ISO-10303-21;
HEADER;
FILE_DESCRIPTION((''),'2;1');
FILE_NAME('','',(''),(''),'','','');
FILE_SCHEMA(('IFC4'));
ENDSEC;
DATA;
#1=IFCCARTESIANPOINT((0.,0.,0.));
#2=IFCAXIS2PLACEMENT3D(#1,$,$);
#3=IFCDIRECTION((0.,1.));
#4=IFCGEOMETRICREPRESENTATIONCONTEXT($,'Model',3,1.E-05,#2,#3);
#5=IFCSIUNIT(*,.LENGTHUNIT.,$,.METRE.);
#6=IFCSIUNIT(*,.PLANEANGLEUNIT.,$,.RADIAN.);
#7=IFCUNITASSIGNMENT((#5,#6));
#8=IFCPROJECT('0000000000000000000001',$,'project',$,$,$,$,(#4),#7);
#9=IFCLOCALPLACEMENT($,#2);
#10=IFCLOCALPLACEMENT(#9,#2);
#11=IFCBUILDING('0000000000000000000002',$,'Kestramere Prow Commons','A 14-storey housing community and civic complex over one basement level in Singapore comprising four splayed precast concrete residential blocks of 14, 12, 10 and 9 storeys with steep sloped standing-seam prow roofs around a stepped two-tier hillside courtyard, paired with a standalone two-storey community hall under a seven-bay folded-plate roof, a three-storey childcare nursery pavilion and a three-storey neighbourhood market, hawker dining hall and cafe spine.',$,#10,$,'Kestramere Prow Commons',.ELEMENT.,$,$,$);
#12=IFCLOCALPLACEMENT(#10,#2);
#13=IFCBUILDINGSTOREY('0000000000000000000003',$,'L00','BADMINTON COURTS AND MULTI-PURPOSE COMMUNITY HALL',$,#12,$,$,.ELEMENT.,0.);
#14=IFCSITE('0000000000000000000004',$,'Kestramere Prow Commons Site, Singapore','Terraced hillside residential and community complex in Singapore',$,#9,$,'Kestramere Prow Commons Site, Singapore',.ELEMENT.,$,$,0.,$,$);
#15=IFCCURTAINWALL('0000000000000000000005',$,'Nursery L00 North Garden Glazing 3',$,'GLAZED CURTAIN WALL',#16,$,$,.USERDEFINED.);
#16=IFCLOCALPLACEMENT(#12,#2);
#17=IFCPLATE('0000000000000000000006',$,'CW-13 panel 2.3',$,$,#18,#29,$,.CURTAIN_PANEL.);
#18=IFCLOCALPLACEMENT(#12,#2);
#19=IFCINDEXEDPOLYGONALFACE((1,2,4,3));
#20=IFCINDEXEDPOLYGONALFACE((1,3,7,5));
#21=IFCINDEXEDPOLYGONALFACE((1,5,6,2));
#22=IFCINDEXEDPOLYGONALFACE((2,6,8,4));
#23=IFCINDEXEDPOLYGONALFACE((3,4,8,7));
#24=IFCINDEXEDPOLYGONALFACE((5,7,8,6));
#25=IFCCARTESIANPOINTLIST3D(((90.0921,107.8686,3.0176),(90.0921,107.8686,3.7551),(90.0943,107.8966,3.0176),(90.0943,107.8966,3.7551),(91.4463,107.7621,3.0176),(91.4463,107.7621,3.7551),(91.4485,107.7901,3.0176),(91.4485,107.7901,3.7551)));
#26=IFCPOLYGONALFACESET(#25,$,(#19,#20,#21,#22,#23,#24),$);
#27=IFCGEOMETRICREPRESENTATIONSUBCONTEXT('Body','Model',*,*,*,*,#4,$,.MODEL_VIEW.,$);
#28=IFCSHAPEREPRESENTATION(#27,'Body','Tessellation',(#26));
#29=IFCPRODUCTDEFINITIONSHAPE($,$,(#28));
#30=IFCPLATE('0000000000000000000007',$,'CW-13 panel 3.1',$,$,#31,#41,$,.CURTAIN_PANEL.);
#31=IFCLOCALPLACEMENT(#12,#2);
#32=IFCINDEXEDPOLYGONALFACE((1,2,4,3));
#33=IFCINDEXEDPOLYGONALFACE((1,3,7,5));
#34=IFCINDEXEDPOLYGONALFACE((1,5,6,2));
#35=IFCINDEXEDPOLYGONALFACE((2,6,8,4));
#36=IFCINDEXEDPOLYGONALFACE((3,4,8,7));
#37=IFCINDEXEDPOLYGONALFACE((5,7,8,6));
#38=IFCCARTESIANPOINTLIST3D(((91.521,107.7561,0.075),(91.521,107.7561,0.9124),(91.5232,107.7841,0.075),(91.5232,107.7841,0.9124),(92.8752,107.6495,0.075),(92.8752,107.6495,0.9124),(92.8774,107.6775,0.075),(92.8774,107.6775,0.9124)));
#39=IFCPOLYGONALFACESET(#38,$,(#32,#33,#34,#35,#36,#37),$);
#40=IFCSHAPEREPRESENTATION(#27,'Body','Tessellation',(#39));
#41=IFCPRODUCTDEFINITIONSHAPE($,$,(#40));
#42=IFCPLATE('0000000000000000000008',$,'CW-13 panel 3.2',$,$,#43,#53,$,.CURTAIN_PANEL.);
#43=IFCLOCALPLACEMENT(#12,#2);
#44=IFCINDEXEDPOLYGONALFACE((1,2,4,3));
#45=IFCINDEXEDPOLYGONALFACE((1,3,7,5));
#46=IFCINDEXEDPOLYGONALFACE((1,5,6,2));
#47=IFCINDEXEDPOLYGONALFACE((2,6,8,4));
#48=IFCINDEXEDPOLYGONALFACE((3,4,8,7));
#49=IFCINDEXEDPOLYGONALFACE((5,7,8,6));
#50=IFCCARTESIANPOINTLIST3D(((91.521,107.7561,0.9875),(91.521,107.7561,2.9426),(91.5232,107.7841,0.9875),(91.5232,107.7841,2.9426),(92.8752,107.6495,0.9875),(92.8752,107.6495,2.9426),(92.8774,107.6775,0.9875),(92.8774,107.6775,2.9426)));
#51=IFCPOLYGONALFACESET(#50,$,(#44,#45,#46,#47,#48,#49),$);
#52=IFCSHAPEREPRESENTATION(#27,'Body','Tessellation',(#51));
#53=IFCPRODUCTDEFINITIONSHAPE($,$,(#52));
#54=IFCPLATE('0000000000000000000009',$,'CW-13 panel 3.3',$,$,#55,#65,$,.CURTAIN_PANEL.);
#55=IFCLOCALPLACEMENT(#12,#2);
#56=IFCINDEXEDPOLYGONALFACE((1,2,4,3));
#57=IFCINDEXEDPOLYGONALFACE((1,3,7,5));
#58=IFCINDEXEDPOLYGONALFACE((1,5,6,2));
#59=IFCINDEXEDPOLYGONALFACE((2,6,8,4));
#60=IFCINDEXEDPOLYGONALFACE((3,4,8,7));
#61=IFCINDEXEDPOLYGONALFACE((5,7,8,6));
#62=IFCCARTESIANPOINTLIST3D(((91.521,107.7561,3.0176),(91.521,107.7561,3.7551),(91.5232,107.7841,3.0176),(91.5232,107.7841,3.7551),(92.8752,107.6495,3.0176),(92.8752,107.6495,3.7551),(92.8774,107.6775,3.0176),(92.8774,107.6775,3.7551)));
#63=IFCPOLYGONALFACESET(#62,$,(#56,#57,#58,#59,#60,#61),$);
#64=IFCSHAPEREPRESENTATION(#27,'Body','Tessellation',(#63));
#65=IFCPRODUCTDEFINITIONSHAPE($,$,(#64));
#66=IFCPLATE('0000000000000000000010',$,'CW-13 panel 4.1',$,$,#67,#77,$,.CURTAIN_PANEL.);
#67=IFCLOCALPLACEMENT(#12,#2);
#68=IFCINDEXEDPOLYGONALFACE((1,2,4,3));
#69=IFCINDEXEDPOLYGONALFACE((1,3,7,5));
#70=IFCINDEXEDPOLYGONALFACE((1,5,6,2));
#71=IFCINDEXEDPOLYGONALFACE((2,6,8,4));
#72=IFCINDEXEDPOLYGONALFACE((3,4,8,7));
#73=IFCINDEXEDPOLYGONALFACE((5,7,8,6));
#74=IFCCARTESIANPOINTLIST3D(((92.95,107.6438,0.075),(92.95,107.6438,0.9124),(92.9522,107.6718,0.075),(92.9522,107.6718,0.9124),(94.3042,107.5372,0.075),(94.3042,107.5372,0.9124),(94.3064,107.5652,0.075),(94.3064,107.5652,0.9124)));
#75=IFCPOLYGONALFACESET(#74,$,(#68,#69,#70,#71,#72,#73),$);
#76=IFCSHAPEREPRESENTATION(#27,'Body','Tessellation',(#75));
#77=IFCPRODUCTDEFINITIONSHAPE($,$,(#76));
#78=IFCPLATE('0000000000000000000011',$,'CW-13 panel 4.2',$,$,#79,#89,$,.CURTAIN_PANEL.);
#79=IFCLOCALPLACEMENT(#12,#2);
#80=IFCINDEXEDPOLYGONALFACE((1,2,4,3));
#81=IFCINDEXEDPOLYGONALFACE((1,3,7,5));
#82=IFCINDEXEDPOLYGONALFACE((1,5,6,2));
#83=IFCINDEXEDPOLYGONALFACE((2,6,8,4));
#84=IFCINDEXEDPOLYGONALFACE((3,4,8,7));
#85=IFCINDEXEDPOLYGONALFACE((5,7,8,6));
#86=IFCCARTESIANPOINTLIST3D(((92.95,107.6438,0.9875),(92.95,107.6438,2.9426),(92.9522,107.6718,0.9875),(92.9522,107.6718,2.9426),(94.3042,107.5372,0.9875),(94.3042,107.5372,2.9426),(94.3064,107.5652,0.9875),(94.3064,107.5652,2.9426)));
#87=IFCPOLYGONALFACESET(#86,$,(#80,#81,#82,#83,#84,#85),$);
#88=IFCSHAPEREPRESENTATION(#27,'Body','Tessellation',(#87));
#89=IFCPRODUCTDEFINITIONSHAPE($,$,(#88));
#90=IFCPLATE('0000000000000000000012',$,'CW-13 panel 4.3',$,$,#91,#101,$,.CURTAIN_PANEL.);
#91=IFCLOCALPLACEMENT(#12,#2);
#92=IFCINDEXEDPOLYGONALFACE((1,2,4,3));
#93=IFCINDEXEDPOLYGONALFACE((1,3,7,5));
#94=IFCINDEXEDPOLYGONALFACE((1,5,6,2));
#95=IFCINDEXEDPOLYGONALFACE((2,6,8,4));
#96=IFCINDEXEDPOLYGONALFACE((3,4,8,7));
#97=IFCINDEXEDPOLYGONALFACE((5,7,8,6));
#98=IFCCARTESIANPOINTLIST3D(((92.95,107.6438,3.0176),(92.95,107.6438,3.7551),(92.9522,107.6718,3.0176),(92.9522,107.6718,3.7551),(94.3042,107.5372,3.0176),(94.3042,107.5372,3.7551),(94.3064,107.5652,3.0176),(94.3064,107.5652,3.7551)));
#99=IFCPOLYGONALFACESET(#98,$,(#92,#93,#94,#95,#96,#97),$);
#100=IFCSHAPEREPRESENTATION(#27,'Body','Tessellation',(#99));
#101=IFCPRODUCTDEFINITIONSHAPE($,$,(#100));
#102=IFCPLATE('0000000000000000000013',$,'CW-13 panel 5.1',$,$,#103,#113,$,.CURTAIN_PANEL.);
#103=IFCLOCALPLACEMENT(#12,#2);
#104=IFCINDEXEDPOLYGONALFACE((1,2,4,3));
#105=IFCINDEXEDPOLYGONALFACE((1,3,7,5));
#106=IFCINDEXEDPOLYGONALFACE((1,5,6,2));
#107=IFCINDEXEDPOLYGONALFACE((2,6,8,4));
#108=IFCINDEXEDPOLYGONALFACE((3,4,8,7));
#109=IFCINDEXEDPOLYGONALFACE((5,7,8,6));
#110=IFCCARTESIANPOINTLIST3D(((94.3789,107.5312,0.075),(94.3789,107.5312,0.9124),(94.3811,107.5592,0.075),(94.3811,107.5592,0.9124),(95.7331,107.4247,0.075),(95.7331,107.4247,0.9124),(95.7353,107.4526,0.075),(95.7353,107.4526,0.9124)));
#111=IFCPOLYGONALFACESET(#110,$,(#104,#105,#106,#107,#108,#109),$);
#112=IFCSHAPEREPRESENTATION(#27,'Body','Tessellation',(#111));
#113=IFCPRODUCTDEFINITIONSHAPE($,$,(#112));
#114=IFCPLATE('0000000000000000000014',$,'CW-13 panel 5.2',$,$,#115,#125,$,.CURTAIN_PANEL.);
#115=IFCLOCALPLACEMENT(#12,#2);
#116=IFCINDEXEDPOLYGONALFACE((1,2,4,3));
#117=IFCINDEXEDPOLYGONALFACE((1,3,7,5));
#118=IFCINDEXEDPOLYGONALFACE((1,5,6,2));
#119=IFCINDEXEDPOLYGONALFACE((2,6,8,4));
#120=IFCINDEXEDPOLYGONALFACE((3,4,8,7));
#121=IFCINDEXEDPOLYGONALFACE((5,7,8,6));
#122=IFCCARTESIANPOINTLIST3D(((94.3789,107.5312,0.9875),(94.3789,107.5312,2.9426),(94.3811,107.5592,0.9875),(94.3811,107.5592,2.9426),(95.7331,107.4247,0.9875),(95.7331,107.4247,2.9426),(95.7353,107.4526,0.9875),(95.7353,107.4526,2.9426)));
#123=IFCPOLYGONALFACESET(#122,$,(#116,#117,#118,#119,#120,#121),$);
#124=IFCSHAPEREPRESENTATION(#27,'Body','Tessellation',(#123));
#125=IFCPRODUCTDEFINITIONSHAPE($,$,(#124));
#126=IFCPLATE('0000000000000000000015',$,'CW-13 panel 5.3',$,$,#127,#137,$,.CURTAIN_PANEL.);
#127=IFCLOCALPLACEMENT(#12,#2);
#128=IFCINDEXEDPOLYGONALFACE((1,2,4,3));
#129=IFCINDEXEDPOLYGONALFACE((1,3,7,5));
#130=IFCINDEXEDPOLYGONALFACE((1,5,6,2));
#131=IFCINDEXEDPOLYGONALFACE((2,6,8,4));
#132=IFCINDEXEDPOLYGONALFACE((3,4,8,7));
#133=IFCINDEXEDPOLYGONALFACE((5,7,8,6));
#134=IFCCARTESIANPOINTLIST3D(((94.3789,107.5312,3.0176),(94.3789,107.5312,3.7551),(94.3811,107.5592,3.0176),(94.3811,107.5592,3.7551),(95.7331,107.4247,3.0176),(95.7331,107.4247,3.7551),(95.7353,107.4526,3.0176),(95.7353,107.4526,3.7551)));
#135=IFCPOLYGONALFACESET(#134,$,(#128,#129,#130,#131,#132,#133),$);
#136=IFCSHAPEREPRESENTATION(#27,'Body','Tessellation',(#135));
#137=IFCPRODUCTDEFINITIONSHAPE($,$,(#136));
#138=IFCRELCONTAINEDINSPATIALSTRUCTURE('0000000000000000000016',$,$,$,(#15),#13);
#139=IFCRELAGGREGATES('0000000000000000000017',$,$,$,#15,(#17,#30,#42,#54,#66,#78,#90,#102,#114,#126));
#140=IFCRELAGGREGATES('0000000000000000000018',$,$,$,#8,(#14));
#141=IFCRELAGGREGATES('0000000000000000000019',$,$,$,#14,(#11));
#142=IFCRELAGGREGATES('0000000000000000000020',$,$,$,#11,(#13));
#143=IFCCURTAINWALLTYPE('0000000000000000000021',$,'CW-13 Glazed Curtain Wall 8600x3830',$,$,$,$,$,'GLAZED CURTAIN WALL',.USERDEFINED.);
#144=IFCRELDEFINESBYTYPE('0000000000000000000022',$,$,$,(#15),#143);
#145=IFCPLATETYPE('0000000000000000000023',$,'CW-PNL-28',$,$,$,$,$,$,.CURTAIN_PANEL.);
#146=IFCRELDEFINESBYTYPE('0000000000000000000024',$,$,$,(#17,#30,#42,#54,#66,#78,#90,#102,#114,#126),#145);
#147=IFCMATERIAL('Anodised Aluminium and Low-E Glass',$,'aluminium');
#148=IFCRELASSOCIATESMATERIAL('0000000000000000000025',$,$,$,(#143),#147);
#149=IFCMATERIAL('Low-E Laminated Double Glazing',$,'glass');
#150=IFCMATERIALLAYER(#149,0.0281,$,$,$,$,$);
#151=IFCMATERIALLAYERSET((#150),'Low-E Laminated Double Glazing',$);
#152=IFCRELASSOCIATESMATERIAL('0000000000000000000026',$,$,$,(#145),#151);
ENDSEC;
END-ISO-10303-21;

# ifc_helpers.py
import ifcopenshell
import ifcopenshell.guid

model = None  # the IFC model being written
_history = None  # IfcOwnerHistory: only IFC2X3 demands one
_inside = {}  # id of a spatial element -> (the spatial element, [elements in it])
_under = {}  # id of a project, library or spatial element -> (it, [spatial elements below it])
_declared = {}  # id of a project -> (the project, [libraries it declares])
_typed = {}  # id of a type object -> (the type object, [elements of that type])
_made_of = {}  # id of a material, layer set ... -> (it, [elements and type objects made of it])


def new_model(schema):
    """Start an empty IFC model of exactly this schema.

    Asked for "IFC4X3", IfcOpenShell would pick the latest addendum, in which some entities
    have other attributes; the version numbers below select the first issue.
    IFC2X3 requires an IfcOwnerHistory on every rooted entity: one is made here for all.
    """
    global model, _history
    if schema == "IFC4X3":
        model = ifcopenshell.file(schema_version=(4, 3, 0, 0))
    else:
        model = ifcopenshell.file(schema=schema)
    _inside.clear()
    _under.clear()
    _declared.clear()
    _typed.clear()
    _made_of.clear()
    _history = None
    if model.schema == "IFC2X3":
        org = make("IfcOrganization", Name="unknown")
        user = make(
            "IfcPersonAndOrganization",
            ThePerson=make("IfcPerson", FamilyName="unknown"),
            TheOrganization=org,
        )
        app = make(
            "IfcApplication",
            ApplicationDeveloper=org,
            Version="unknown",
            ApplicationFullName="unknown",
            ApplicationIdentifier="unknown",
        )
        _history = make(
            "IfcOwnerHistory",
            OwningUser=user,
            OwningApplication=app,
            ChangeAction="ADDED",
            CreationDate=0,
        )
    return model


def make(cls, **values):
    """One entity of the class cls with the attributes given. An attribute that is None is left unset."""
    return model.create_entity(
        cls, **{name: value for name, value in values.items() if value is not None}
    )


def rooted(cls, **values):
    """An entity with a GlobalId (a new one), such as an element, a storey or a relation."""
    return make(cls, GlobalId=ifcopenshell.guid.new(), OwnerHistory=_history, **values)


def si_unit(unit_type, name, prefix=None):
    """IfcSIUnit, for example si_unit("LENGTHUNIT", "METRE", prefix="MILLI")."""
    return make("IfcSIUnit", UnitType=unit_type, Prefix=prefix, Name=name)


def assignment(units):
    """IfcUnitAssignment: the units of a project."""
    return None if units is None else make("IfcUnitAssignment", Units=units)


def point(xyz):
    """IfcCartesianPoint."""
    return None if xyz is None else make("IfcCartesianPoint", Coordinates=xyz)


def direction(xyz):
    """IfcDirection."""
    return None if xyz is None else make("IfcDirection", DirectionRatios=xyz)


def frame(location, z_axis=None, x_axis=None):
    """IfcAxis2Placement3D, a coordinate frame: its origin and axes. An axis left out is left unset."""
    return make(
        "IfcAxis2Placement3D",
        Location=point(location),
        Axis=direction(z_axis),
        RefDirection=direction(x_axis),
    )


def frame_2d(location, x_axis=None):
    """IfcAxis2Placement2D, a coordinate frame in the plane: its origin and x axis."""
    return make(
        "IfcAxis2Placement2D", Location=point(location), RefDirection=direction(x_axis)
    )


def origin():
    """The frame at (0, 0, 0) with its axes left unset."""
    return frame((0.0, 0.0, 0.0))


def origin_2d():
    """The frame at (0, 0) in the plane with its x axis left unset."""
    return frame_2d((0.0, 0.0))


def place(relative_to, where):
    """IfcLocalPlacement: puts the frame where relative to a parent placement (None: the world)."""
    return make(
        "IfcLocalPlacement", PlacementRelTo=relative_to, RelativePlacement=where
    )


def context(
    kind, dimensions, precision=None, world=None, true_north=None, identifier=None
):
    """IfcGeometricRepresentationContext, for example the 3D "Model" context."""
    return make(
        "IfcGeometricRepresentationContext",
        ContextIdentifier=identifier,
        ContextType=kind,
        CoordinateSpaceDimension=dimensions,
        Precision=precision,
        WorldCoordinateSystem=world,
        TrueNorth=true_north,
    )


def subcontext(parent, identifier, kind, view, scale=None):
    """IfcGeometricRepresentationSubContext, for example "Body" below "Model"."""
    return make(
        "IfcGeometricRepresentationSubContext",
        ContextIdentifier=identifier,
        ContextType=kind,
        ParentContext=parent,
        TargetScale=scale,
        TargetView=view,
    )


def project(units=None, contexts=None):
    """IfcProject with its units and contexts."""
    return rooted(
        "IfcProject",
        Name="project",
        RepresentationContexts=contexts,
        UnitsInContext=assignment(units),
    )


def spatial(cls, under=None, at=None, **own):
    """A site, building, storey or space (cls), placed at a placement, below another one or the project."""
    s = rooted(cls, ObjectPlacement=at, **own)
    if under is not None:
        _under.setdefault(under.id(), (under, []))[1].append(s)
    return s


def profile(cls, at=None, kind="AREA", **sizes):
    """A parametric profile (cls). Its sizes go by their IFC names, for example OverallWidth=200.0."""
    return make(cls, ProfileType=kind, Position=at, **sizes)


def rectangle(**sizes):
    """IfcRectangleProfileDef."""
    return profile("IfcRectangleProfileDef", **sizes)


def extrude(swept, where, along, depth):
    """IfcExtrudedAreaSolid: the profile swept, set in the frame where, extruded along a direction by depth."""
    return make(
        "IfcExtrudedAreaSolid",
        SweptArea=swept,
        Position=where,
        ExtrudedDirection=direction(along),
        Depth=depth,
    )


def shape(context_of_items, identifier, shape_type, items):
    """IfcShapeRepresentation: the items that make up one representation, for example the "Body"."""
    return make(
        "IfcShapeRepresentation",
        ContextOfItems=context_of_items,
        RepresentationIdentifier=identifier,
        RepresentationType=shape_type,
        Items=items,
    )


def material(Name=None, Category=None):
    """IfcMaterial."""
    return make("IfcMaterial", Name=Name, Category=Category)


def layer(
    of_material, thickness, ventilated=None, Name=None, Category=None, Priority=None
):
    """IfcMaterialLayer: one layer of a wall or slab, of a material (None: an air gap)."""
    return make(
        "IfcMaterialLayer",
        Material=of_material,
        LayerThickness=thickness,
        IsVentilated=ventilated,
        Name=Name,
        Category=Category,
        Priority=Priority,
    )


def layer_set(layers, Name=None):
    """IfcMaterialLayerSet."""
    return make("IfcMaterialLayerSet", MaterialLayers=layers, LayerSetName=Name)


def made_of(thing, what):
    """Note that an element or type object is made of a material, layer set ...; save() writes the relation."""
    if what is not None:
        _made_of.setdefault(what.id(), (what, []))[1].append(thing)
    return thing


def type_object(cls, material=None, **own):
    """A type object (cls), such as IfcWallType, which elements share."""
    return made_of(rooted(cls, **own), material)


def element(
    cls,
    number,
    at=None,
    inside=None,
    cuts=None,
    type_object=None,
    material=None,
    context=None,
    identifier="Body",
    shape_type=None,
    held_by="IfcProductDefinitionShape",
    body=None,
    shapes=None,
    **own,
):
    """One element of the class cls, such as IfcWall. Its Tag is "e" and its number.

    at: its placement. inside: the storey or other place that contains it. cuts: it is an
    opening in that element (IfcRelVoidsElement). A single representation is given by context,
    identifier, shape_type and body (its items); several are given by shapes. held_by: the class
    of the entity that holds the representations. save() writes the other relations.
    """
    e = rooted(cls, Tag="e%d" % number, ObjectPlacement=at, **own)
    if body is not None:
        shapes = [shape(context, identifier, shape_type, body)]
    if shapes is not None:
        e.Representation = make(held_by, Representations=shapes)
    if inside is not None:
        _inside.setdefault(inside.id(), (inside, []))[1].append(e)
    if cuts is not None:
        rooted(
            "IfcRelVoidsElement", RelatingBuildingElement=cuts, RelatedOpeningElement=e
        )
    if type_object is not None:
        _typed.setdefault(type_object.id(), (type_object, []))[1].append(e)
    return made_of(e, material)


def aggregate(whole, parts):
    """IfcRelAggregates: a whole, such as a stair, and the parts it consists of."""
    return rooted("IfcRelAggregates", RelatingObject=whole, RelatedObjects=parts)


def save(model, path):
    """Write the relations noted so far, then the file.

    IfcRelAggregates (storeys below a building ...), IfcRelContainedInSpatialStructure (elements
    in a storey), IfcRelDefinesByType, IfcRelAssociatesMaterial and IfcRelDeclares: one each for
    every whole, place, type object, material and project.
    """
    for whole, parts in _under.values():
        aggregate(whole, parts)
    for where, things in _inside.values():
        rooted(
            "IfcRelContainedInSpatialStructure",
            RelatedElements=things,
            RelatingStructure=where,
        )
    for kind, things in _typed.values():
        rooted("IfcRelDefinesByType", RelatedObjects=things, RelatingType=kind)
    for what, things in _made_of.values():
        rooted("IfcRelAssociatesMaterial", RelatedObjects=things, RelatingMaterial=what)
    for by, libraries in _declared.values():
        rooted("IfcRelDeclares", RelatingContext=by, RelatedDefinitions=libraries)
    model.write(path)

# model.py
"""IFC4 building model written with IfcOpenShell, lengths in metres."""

from ifc_helpers import new_model, si_unit, direction, frame, origin, origin_2d, place, context, subcontext, project, spatial, rectangle, extrude, material, layer, layer_set, type_object, element, aggregate, save


model = new_model("IFC4")

# Units and contexts
model_context = context("Model", 3, precision=1e-05, world=origin(), true_north=direction((0.0, 1.0)))
body_context = subcontext(model_context, "Body", "Model", "MODEL_VIEW")
ifc_project = project(units=[si_unit("LENGTHUNIT", "METRE"), si_unit("PLANEANGLEUNIT", "RADIAN")], contexts=[model_context])

# Site, building, storey
site_placement = place(None, origin())
site = spatial("IfcSite", under=ifc_project, at=site_placement, Name="Kestramere Prow Commons Site, Singapore", Description="Terraced hillside residential and community complex in Singapore", LongName="Kestramere Prow Commons Site, Singapore", CompositionType="ELEMENT", RefElevation=0.0)
building_placement = place(site_placement, origin())
building = spatial("IfcBuilding", under=site, at=building_placement, Name="Kestramere Prow Commons", Description="A 14-storey housing community and civic complex over one basement level in Singapore comprising four splayed precast concrete residential blocks of 14, 12, 10 and 9 storeys with steep sloped standing-seam prow roofs around a stepped two-tier hillside courtyard, paired with a standalone two-storey community hall under a seven-bay folded-plate roof, a three-storey childcare nursery pavilion and a three-storey neighbourhood market, hawker dining hall and cafe spine.", LongName="Kestramere Prow Commons", CompositionType="ELEMENT")
storey_placement = place(building_placement, origin())
storey = spatial("IfcBuildingStorey", under=building, at=storey_placement, Name="L00", Description="BADMINTON COURTS AND MULTI-PURPOSE COMMUNITY HALL", CompositionType="ELEMENT", Elevation=0.0)

# Curtain wall, plates
ifc_material_1 = material(Name="Anodised Aluminium and Low-E Glass", Category="aluminium")
curtain_wall_type = type_object("IfcCurtainWallType", Name="CW-13 Glazed Curtain Wall 8600x3830", ElementType="GLAZED CURTAIN WALL", PredefinedType="USERDEFINED", material=ifc_material_1)
curtain_wall_placement = place(storey_placement, origin())
curtain_wall = element("IfcCurtainWall", 1, at=curtain_wall_placement, inside=storey, type_object=curtain_wall_type, Name="Nursery L00 North Garden Glazing 3", ObjectType="GLAZED CURTAIN WALL", PredefinedType="USERDEFINED")
ifc_material_2 = material(Name="Low-E Laminated Double Glazing", Category="glass")
ifc_layer = layer(ifc_material_2, 0.0281)
ifc_layer_set = layer_set([ifc_layer], Name="Low-E Laminated Double Glazing")
plate_type = type_object("IfcPlateType", Name="CW-PNL-28", PredefinedType="CURTAIN_PANEL", material=ifc_layer_set)
plate_1_placement = place(storey_placement, frame((90.7703, 107.8293, 3.0176), z_axis=(0.0, 0.0, 1.0), x_axis=(0.996917, -0.078459, 0.0)))
plate_1 = element("IfcPlate", 2, at=plate_1_placement, type_object=plate_type, Name="CW-13 panel 2.3", PredefinedType="CURTAIN_PANEL", context=body_context, shape_type="SweptSolid", body=[
    extrude(rectangle(XDim=1.3584, YDim=0.0281, at=origin_2d()), origin(), (0.0, 0.0, 1.0), 0.7375),
])
plate_2_placement = place(storey_placement, frame((92.1992, 107.7168, 0.075), z_axis=(0.0, 0.0, 1.0), x_axis=(0.996917, -0.078459, 0.0)))
plate_2 = element("IfcPlate", 3, at=plate_2_placement, type_object=plate_type, Name="CW-13 panel 3.1", PredefinedType="CURTAIN_PANEL", context=body_context, shape_type="SweptSolid", body=[
    extrude(rectangle(XDim=1.3584, YDim=0.0281, at=origin_2d()), origin(), (0.0, 0.0, 1.0), 0.8374),
])
plate_3_placement = place(storey_placement, frame((92.1992, 107.7168, 0.9875), z_axis=(0.0, 0.0, 1.0), x_axis=(0.996917, -0.078459, 0.0)))
plate_3 = element("IfcPlate", 4, at=plate_3_placement, type_object=plate_type, Name="CW-13 panel 3.2", PredefinedType="CURTAIN_PANEL", context=body_context, shape_type="SweptSolid", body=[
    extrude(rectangle(XDim=1.3584, YDim=0.0281, at=origin_2d()), origin(), (0.0, 0.0, 1.0), 1.9551),
])
plate_4_placement = place(storey_placement, frame((92.1992, 107.7168, 3.0176), z_axis=(0.0, 0.0, 1.0), x_axis=(0.996917, -0.078459, 0.0)))
plate_4 = element("IfcPlate", 5, at=plate_4_placement, type_object=plate_type, Name="CW-13 panel 3.3", PredefinedType="CURTAIN_PANEL", context=body_context, shape_type="SweptSolid", body=[
    extrude(rectangle(XDim=1.3584, YDim=0.0281, at=origin_2d()), origin(), (0.0, 0.0, 1.0), 0.7375),
])
plate_5_placement = place(storey_placement, frame((93.6282, 107.6045, 0.075), z_axis=(0.0, 0.0, 1.0), x_axis=(0.996917, -0.078459, 0.0)))
plate_5 = element("IfcPlate", 6, at=plate_5_placement, type_object=plate_type, Name="CW-13 panel 4.1", PredefinedType="CURTAIN_PANEL", context=body_context, shape_type="SweptSolid", body=[
    extrude(rectangle(XDim=1.3584, YDim=0.0281, at=origin_2d()), origin(), (0.0, 0.0, 1.0), 0.8374),
])
plate_6_placement = place(storey_placement, frame((93.6282, 107.6045, 0.9875), z_axis=(0.0, 0.0, 1.0), x_axis=(0.996917, -0.078459, 0.0)))
plate_6 = element("IfcPlate", 7, at=plate_6_placement, type_object=plate_type, Name="CW-13 panel 4.2", PredefinedType="CURTAIN_PANEL", context=body_context, shape_type="SweptSolid", body=[
    extrude(rectangle(XDim=1.3584, YDim=0.0281, at=origin_2d()), origin(), (0.0, 0.0, 1.0), 1.9551),
])
plate_7_placement = place(storey_placement, frame((93.6282, 107.6045, 3.0176), z_axis=(0.0, 0.0, 1.0), x_axis=(0.996917, -0.078459, 0.0)))
plate_7 = element("IfcPlate", 8, at=plate_7_placement, type_object=plate_type, Name="CW-13 panel 4.3", PredefinedType="CURTAIN_PANEL", context=body_context, shape_type="SweptSolid", body=[
    extrude(rectangle(XDim=1.3584, YDim=0.0281, at=origin_2d()), origin(), (0.0, 0.0, 1.0), 0.7375),
])
plate_8_placement = place(storey_placement, frame((95.0571, 107.4919, 0.075), z_axis=(0.0, 0.0, 1.0), x_axis=(0.996917, -0.078459, 0.0)))
plate_8 = element("IfcPlate", 9, at=plate_8_placement, type_object=plate_type, Name="CW-13 panel 5.1", PredefinedType="CURTAIN_PANEL", context=body_context, shape_type="SweptSolid", body=[
    extrude(rectangle(XDim=1.3584, YDim=0.0281, at=origin_2d()), origin(), (0.0, 0.0, 1.0), 0.8374),
])
plate_9_placement = place(storey_placement, frame((95.0571, 107.4919, 0.9875), z_axis=(0.0, 0.0, 1.0), x_axis=(0.996917, -0.078459, 0.0)))
plate_9 = element("IfcPlate", 10, at=plate_9_placement, type_object=plate_type, Name="CW-13 panel 5.2", PredefinedType="CURTAIN_PANEL", context=body_context, shape_type="SweptSolid", body=[
    extrude(rectangle(XDim=1.3584, YDim=0.0281, at=origin_2d()), origin(), (0.0, 0.0, 1.0), 1.9551),
])
plate_10_placement = place(storey_placement, frame((95.0571, 107.4919, 3.0176), z_axis=(0.0, 0.0, 1.0), x_axis=(0.996917, -0.078459, 0.0)))
plate_10 = element("IfcPlate", 11, at=plate_10_placement, type_object=plate_type, Name="CW-13 panel 5.3", PredefinedType="CURTAIN_PANEL", context=body_context, shape_type="SweptSolid", body=[
    extrude(rectangle(XDim=1.3584, YDim=0.0281, at=origin_2d()), origin(), (0.0, 0.0, 1.0), 0.7375),
])
aggregate(curtain_wall, [plate_1, plate_2, plate_3, plate_4, plate_5, plate_6, plate_7, plate_8, plate_9, plate_10])

save(model, "model.ifc")
